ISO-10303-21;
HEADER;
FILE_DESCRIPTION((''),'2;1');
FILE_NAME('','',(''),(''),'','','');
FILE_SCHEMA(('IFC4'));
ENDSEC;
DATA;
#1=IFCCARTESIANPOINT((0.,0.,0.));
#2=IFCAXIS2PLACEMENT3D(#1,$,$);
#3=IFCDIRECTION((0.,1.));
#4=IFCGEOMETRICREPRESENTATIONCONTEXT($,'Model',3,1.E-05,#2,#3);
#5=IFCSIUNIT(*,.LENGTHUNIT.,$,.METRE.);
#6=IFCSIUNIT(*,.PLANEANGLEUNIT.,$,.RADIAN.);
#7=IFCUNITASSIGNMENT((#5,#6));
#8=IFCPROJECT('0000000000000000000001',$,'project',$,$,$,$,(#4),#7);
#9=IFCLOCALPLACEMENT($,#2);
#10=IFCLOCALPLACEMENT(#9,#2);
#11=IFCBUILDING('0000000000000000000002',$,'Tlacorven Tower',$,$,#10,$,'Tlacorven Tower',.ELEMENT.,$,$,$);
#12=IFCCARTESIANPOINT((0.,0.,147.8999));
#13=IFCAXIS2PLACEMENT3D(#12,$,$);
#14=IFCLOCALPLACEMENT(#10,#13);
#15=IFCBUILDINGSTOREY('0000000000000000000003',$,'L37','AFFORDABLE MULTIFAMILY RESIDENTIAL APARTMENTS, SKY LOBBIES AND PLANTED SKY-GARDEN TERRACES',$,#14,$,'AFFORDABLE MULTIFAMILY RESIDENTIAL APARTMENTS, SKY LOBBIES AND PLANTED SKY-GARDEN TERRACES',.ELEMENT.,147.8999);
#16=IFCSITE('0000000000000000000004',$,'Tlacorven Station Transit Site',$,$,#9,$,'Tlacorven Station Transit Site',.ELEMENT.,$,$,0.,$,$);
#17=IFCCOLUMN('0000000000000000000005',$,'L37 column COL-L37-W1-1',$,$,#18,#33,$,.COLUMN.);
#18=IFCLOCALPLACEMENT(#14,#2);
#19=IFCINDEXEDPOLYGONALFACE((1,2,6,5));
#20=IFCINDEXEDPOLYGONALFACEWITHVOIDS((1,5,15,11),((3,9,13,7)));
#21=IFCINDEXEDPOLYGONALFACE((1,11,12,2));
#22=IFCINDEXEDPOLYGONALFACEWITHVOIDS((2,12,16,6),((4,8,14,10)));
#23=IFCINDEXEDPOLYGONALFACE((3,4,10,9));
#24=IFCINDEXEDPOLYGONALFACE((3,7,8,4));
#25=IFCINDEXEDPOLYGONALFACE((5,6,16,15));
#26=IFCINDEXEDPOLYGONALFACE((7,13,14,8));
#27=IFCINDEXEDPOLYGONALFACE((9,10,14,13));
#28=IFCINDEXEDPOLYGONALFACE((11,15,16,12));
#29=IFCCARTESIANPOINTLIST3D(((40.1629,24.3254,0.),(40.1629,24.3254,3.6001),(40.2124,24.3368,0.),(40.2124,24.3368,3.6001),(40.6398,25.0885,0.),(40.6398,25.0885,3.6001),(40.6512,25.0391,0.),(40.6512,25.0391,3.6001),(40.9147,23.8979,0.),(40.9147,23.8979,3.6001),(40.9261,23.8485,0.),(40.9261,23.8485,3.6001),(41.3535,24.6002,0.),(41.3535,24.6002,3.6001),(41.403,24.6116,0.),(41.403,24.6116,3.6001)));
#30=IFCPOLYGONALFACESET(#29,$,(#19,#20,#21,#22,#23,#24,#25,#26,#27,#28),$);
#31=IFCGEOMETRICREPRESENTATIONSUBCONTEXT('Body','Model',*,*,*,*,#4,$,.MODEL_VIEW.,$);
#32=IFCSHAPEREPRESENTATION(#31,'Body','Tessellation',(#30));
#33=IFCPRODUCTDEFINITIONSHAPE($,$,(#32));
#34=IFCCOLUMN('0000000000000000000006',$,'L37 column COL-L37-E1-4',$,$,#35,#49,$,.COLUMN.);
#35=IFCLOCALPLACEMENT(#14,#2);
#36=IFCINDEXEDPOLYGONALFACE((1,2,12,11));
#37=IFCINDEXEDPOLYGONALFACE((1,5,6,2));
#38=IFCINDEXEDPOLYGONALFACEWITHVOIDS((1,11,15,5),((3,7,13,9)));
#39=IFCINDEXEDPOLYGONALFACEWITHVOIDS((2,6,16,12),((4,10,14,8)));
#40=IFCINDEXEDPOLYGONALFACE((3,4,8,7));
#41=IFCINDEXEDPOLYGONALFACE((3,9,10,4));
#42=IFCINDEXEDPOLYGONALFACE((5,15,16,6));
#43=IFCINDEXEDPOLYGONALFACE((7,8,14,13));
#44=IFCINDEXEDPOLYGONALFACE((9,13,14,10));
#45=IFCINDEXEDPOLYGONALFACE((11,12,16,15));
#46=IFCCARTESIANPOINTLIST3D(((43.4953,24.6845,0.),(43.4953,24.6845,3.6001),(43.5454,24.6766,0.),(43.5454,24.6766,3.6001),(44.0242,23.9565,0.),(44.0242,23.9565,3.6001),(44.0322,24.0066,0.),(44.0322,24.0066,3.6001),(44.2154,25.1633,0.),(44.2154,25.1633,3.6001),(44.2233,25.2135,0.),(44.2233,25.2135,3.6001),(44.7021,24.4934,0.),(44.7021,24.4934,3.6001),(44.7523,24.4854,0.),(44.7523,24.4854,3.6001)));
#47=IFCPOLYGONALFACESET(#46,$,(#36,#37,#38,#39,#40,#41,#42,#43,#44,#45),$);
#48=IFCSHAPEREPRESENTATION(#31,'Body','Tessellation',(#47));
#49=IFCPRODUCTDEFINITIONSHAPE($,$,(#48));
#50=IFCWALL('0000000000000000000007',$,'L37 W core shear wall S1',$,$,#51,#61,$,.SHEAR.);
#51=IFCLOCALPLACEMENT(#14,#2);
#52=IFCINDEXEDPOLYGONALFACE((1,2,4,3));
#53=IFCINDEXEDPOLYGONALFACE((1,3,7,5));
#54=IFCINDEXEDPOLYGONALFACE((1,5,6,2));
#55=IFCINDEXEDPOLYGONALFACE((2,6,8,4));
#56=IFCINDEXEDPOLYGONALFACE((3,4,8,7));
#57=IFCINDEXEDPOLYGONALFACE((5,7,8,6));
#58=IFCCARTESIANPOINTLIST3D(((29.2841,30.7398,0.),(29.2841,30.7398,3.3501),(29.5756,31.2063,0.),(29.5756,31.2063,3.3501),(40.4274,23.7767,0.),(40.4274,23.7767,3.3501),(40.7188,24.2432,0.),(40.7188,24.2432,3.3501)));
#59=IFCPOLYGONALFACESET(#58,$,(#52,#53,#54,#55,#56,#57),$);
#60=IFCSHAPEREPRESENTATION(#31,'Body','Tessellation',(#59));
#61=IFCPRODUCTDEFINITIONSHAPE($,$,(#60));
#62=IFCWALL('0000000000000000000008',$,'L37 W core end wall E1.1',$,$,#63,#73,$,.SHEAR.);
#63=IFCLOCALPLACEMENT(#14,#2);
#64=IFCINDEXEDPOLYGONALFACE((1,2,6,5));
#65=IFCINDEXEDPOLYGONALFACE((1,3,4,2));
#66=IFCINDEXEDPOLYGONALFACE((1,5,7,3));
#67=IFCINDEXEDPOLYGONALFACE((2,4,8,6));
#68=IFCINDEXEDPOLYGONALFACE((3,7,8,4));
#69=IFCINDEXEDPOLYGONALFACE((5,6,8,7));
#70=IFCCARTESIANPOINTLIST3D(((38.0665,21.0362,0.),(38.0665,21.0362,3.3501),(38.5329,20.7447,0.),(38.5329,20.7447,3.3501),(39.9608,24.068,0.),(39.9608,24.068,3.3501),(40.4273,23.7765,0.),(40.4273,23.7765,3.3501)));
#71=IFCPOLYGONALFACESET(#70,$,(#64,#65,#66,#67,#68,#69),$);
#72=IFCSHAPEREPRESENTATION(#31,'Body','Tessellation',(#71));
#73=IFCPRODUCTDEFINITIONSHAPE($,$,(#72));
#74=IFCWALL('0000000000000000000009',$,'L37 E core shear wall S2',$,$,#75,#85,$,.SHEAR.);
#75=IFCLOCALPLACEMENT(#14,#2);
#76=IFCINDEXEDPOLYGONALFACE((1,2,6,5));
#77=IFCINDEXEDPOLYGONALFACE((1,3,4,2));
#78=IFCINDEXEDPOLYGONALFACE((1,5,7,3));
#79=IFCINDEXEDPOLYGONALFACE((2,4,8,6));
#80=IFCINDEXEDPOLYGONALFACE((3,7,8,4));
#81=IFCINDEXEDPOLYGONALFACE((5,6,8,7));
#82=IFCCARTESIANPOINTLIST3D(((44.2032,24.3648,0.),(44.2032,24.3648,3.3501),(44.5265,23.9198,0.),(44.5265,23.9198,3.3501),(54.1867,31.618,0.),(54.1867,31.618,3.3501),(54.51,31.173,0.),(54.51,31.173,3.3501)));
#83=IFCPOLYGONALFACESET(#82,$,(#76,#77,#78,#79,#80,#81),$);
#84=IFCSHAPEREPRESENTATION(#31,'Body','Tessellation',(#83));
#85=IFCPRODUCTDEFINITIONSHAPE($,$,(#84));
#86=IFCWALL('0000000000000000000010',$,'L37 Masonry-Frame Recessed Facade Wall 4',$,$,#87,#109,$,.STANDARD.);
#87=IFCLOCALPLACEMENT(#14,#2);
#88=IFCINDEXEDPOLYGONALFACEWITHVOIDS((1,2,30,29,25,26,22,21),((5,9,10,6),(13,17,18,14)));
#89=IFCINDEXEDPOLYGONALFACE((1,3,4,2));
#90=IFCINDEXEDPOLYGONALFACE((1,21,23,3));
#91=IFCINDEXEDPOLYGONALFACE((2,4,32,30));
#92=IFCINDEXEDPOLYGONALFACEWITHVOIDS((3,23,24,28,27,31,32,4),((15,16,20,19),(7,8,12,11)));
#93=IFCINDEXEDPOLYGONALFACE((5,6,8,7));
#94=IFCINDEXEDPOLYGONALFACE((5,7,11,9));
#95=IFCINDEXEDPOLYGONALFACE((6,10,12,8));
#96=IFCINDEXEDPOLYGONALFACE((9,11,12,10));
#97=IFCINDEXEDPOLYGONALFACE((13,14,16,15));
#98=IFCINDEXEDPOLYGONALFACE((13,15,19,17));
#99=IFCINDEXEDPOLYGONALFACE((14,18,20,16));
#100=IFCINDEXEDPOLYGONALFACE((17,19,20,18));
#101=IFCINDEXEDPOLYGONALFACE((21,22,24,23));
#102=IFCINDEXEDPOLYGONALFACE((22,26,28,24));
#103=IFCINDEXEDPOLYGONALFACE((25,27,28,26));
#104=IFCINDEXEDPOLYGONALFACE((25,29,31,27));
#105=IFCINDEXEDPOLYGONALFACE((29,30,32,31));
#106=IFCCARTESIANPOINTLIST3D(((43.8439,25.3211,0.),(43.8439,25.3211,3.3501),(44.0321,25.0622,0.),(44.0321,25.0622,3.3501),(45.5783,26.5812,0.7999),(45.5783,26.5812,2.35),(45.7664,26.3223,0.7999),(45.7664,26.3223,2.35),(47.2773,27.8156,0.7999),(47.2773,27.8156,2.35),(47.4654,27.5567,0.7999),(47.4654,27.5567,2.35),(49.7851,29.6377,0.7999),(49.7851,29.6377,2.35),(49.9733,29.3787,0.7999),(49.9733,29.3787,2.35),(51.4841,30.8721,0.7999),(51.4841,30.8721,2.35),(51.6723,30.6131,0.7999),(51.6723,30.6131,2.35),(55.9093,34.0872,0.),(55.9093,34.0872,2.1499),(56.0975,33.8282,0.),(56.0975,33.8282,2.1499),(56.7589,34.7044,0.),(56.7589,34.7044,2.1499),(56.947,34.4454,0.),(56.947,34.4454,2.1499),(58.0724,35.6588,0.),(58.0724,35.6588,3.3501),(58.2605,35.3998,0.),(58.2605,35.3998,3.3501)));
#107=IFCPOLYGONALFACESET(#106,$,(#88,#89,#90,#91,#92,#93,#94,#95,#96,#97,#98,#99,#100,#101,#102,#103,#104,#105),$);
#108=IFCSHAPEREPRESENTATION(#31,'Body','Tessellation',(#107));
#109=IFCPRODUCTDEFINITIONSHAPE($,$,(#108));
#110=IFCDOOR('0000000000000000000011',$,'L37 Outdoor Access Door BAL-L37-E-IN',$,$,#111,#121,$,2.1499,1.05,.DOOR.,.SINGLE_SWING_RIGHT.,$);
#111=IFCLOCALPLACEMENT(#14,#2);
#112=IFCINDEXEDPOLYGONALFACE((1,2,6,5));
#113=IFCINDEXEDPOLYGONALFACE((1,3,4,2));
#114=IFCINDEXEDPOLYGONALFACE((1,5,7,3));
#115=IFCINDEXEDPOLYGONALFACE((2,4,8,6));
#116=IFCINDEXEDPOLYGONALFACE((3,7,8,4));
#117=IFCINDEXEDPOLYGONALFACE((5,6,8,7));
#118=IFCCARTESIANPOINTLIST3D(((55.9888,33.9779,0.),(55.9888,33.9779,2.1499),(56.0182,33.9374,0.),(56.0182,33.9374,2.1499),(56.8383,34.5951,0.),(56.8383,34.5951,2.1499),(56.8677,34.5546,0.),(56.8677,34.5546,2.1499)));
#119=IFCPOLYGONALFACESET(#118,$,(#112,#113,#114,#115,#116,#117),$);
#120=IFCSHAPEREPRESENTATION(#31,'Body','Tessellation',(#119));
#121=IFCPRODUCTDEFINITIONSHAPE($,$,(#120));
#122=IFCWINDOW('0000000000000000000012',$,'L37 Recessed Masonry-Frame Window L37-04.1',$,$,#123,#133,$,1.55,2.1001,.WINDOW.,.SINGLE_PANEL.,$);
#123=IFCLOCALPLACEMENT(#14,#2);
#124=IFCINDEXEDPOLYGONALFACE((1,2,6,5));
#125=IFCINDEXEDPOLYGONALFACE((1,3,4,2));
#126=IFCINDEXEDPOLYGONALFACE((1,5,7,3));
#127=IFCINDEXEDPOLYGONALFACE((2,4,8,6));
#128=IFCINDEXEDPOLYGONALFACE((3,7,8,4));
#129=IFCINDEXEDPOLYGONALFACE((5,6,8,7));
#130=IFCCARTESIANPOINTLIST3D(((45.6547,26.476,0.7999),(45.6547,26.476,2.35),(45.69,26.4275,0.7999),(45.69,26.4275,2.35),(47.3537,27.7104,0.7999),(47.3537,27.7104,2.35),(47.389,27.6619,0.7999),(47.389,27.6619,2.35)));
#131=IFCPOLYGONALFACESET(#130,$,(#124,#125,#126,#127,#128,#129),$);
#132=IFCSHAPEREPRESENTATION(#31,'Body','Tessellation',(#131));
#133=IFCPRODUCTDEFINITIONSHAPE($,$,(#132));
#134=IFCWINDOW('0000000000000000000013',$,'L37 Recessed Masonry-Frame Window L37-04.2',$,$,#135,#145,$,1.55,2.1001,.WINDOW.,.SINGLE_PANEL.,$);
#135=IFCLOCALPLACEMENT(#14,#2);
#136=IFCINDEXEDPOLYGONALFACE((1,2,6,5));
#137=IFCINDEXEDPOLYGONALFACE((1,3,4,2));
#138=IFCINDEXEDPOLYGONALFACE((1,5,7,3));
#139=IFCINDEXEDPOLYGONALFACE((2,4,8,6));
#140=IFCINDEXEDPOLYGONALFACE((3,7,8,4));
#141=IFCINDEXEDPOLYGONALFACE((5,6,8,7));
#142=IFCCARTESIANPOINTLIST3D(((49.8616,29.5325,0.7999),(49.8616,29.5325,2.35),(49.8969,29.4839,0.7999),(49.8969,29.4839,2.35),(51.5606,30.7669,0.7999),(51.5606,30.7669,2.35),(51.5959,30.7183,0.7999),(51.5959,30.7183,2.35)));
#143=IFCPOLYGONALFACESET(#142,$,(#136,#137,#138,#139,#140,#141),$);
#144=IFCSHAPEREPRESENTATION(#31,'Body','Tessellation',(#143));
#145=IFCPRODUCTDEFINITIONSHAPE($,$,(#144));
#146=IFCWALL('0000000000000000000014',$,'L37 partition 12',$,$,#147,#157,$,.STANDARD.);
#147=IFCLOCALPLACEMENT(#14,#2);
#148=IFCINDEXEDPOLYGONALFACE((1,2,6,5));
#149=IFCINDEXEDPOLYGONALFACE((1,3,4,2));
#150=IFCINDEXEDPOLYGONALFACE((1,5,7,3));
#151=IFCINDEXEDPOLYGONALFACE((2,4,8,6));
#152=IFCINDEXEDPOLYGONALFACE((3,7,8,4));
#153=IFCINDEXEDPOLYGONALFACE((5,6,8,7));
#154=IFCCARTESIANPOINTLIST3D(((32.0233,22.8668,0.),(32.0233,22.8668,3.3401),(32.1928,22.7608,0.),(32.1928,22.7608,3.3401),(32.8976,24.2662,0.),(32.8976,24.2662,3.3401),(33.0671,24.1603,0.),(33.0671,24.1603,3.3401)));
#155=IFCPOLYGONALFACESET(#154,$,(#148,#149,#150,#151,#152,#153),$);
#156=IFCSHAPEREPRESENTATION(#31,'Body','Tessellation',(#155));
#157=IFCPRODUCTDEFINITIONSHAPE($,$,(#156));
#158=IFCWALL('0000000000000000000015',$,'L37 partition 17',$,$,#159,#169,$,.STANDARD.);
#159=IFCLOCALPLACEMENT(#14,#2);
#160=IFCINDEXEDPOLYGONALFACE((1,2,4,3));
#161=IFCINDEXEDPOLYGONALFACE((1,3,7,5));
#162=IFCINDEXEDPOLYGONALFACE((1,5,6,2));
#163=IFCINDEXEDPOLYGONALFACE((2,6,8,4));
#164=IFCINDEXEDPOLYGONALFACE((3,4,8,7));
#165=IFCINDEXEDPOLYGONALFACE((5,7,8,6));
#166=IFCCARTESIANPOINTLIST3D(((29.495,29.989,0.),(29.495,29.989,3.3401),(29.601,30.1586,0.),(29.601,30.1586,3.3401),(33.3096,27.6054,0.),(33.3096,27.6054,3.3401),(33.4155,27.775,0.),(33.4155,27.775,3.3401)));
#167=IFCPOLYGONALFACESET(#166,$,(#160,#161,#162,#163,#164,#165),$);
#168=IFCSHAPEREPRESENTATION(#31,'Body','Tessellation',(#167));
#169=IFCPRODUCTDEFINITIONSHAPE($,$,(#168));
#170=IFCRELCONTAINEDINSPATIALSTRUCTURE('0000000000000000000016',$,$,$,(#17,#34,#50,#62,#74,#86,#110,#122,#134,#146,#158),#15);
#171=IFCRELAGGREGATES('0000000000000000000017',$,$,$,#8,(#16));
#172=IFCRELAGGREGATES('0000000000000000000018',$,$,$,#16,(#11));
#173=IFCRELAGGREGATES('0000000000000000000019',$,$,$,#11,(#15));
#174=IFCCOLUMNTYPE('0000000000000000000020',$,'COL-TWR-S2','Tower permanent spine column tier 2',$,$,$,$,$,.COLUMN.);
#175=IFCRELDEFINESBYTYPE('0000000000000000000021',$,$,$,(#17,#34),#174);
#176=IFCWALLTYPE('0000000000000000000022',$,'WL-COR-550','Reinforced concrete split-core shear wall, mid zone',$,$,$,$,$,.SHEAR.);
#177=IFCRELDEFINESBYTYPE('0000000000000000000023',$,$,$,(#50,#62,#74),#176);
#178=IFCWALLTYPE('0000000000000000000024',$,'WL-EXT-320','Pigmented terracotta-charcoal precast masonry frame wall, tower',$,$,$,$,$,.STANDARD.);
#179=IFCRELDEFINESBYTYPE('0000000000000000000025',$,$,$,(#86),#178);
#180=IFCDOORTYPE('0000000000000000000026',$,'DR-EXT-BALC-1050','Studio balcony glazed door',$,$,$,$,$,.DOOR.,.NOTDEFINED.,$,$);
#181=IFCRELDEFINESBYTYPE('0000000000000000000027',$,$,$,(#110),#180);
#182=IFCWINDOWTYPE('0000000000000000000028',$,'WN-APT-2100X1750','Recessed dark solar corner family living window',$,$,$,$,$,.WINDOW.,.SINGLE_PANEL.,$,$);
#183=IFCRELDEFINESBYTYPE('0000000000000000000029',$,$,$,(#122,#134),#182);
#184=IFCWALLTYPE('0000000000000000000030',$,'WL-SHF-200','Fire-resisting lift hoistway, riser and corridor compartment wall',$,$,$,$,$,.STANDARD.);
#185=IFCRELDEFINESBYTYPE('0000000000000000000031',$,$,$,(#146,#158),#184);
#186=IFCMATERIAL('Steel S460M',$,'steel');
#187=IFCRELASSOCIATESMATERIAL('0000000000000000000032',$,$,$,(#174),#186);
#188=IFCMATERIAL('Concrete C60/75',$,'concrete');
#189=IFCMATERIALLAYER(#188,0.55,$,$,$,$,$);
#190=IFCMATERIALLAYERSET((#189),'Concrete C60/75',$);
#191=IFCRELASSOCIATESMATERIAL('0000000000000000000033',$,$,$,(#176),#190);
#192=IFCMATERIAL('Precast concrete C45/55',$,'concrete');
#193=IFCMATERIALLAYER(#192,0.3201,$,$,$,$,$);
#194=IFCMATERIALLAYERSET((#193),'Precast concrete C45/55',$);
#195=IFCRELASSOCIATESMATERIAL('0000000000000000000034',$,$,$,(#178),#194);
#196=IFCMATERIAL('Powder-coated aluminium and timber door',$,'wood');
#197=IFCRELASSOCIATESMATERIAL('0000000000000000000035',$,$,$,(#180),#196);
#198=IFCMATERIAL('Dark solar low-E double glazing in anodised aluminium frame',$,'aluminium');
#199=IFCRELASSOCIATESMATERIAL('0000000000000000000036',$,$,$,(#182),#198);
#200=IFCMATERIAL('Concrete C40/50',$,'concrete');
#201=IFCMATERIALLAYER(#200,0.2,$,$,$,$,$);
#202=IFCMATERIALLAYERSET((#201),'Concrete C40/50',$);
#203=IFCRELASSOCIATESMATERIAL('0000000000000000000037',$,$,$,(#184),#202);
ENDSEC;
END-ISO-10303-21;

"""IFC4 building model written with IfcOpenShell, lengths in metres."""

from ifc_helpers import new_model, si_unit, direction, frame, frame_2d, origin, origin_2d, place, context, subcontext, project, spatial, rectangle, hollow_rectangle, extrude, source, transform, mapped, material, layer, layer_set, material_profile, profile_set, type_object, element, fill, save


model = new_model("IFC4")

# Units and contexts
model_context = context("Model", 3, precision=1e-05, world=origin(), true_north=direction((0.0, 1.0)))
body_context = subcontext(model_context, "Body", "Model", "MODEL_VIEW")
ifc_project = project(units=[si_unit("LENGTHUNIT", "METRE"), si_unit("PLANEANGLEUNIT", "RADIAN")], contexts=[model_context])

# Site, building, storey
site_placement = place(None, origin())
site = spatial("IfcSite", under=ifc_project, at=site_placement, Name="Tlacorven Station Transit Site", LongName="Tlacorven Station Transit Site", CompositionType="ELEMENT", RefElevation=0.0)
building_placement = place(site_placement, origin())
building = spatial("IfcBuilding", under=site, at=building_placement, Name="Tlacorven Tower", LongName="Tlacorven Tower", CompositionType="ELEMENT")
storey_placement = place(building_placement, frame((0.0, 0.0, 147.8999)))
storey = spatial("IfcBuildingStorey", under=building, at=storey_placement, Name="L37", Description="AFFORDABLE MULTIFAMILY RESIDENTIAL APARTMENTS, SKY LOBBIES AND PLANTED SKY-GARDEN TERRACES", LongName="AFFORDABLE MULTIFAMILY RESIDENTIAL APARTMENTS, SKY LOBBIES AND PLANTED SKY-GARDEN TERRACES", CompositionType="ELEMENT", Elevation=147.8999)

# Columns
ifc_material_1 = material(Name="Steel S460M", Category="steel")
ifc_material_profile = material_profile(ifc_material_1, hollow_rectangle(XDim=0.8999, YDim=0.8999, WallThickness=0.0359, at=origin_2d()), Name="BOX 900X900X36")
ifc_profile_set = profile_set([ifc_material_profile], Name="Steel S460M")
column_type = type_object("IfcColumnType", Name="COL-TWR-S2", Description="Tower permanent spine column tier 2", PredefinedType="COLUMN", material=ifc_profile_set)
shared_shape_1 = source(origin(), body_context, "Body", "SweptSolid", [
    extrude(hollow_rectangle(XDim=0.8999, YDim=0.8999, WallThickness=0.0359, at=origin_2d()), origin(), (0.0, 0.0, 1.0), 3.6001),
])
for number, where, z_axis, x_axis, name in (
    (1, (40.783, 24.4685, 0.0), (0.0, 0.0, 1.0), (-0.848048, 0.529919, 0.0), "L37 column COL-L37-W1-1"),
    (2, (44.1238, 24.585, 0.0), (0.0, 0.0, 1.0), (0.809017, 0.587785, 0.0), "L37 column COL-L37-E1-4"),
):
    element("IfcColumn", number, at=place(storey_placement, frame(where, z_axis=z_axis, x_axis=x_axis)), inside=storey, type_object=column_type, Name=name, PredefinedType="COLUMN", context=body_context, shape_type="MappedRepresentation", body=[
        mapped(shared_shape_1, transform((0.0, 0.0, 0.0), scale=1.0)),
    ])

# Walls
ifc_material_2 = material(Name="Concrete C60/75", Category="concrete")
ifc_layer_1 = layer(ifc_material_2, 0.55)
ifc_layer_set_1 = layer_set([ifc_layer_1], Name="Concrete C60/75")
wall_type_1 = type_object("IfcWallType", Name="WL-COR-550", Description="Reinforced concrete split-core shear wall, mid zone", PredefinedType="SHEAR", material=ifc_layer_set_1)
wall_1_placement = place(storey_placement, frame((40.573, 24.01, 0.0), z_axis=(0.0, 0.0, 1.0), x_axis=(-0.848047, 0.52992, 0.0)))
element("IfcWall", 3, at=wall_1_placement, inside=storey, type_object=wall_type_1, Name="L37 W core shear wall S1", PredefinedType="SHEAR", context=body_context, shape_type="SweptSolid", body=[
    extrude(rectangle(XDim=13.1399, YDim=0.55, at=frame_2d((6.5698, 0.0))), origin(), (0.0, 0.0, 1.0), 3.3501),
])
wall_2_placement = place(storey_placement, frame((40.1941, 23.9224, 0.0), z_axis=(0.0, 0.0, 1.0), x_axis=(-0.529888, -0.848067, 0.0)))
element("IfcWall", 4, at=wall_2_placement, inside=storey, type_object=wall_type_1, Name="L37 W core end wall E1.1", PredefinedType="SHEAR", context=body_context, shape_type="SweptSolid", body=[
    extrude(rectangle(XDim=3.575, YDim=0.55, at=frame_2d((1.7876, 0.0))), origin(), (0.0, 0.0, 1.0), 3.3501),
])
wall_3_placement = place(storey_placement, frame((44.365, 24.1423, 0.0), z_axis=(0.0, 0.0, 1.0), x_axis=(0.809024, 0.587775, 0.0)))
element("IfcWall", 5, at=wall_3_placement, inside=storey, type_object=wall_type_1, Name="L37 E core shear wall S2", PredefinedType="SHEAR", context=body_context, shape_type="SweptSolid", body=[
    extrude(rectangle(XDim=12.3401, YDim=0.55, at=frame_2d((6.1699, 0.0))), origin(), (0.0, 0.0, 1.0), 3.3501),
])

# Wall, openings, door, windows
ifc_material_3 = material(Name="Precast concrete C45/55", Category="concrete")
ifc_layer_2 = layer(ifc_material_3, 0.3201)
ifc_layer_set_2 = layer_set([ifc_layer_2], Name="Precast concrete C45/55")
wall_type_2 = type_object("IfcWallType", Name="WL-EXT-320", Description="Pigmented terracotta-charcoal precast masonry frame wall, tower", PredefinedType="STANDARD", material=ifc_layer_set_2)
wall_4_placement = place(storey_placement, frame((43.938, 25.1917, 0.0), z_axis=(0.0, 0.0, 1.0), x_axis=(0.809016, 0.587786, 0.0)))
wall_4 = element("IfcWall", 6, at=wall_4_placement, inside=storey, type_object=wall_type_2, Name="L37 Masonry-Frame Recessed Facade Wall 4", PredefinedType="STANDARD", context=body_context, shape_type="SweptSolid", body=[
    extrude(rectangle(XDim=17.5874, YDim=0.3201, at=frame_2d((8.7937, 0.0))), origin(), (0.0, 0.0, 1.0), 3.3501),
])
opening_1_placement = place(wall_4_placement, frame((14.9138, 0.0, 0.0)))
opening_1 = element("IfcOpeningElement", 7, at=opening_1_placement, cuts=wall_4, PredefinedType="OPENING", context=body_context, shape_type="SweptSolid", body=[
    extrude(rectangle(XDim=1.05, YDim=2.1499, at=frame_2d((0.5249, 1.075))), frame((0.0, 0.1699, 0.0), z_axis=(0.0, -1.0, 0.0), x_axis=(1.0, 0.0, 0.0)), (0.0, 0.0, 1.0), 0.3401),
])
opening_2_placement = place(wall_4_placement, frame((2.1438, 0.0, 0.8)))
opening_2 = element("IfcOpeningElement", 8, at=opening_2_placement, cuts=wall_4, PredefinedType="OPENING", context=body_context, shape_type="SweptSolid", body=[
    extrude(rectangle(XDim=2.1001, YDim=1.55, at=frame_2d((1.05, 0.7749))), frame((0.0, 0.1699, 0.0), z_axis=(0.0, -1.0, 0.0), x_axis=(1.0, 0.0, 0.0)), (0.0, 0.0, 1.0), 0.3401),
])
opening_3_placement = place(wall_4_placement, frame((7.3438, 0.0, 0.8)))
opening_3 = element("IfcOpeningElement", 9, at=opening_3_placement, cuts=wall_4, PredefinedType="OPENING", context=body_context, shape_type="SweptSolid", body=[
    extrude(rectangle(XDim=2.1001, YDim=1.55, at=frame_2d((1.05, 0.7749))), frame((0.0, 0.1699, 0.0), z_axis=(0.0, -1.0, 0.0), x_axis=(1.0, 0.0, 0.0)), (0.0, 0.0, 1.0), 0.3401),
])
ifc_material_4 = material(Name="Powder-coated aluminium and timber door", Category="wood")
door_type = type_object("IfcDoorType", Name="DR-EXT-BALC-1050", Description="Studio balcony glazed door", OperationType="NOTDEFINED", PredefinedType="DOOR", material=ifc_material_4)
shared_shape_2 = source(origin(), body_context, "Body", "SweptSolid", [
    extrude(rectangle(XDim=1.05, YDim=2.1499, at=frame_2d((0.5249, 1.075))), frame((0.0, 0.0249, 0.0), z_axis=(0.0, -1.0, 0.0), x_axis=(1.0, 0.0, 0.0)), (0.0, 0.0, 1.0), 0.05),
])
door_placement = place(opening_1_placement, origin())
door = element("IfcDoor", 10, at=door_placement, inside=storey, type_object=door_type, Name="L37 Outdoor Access Door BAL-L37-E-IN", OperationType="SINGLE_SWING_RIGHT", OverallHeight=2.1499, OverallWidth=1.05, PredefinedType="DOOR", context=body_context, shape_type="MappedRepresentation", body=[
    mapped(shared_shape_2, transform((0.0, 0.0, 0.0), scale=1.0)),
])
fill(opening_1, door)
ifc_material_5 = material(Name="Dark solar low-E double glazing in anodised aluminium frame", Category="aluminium")
window_type = type_object("IfcWindowType", Name="WN-APT-2100X1750", Description="Recessed dark solar corner family living window", PartitioningType="SINGLE_PANEL", PredefinedType="WINDOW", material=ifc_material_5)
shared_shape_3 = source(origin(), body_context, "Body", "SweptSolid", [
    extrude(rectangle(XDim=2.1001, YDim=1.55, at=frame_2d((1.05, 0.7749))), frame((0.0, 0.03, 0.0), z_axis=(0.0, -1.0, 0.0), x_axis=(1.0, 0.0, 0.0)), (0.0, 0.0, 1.0), 0.0601),
])
window_1_placement = place(opening_2_placement, origin())
window_1 = element("IfcWindow", 11, at=window_1_placement, inside=storey, type_object=window_type, Name="L37 Recessed Masonry-Frame Window L37-04.1", OverallHeight=1.55, OverallWidth=2.1001, PartitioningType="SINGLE_PANEL", PredefinedType="WINDOW", context=body_context, shape_type="MappedRepresentation", body=[
    mapped(shared_shape_3, transform((0.0, 0.0, 0.0), scale=1.0)),
])
fill(opening_2, window_1)
window_2_placement = place(opening_3_placement, origin())
window_2 = element("IfcWindow", 12, at=window_2_placement, inside=storey, type_object=window_type, Name="L37 Recessed Masonry-Frame Window L37-04.2", OverallHeight=1.55, OverallWidth=2.1001, PartitioningType="SINGLE_PANEL", PredefinedType="WINDOW", context=body_context, shape_type="MappedRepresentation", body=[
    mapped(shared_shape_3, transform((0.0, 0.0, 0.0), scale=1.0)),
])
fill(opening_3, window_2)

# Walls
ifc_material_6 = material(Name="Concrete C40/50", Category="concrete")
ifc_layer_3 = layer(ifc_material_6, 0.2)
ifc_layer_set_3 = layer_set([ifc_layer_3], Name="Concrete C40/50")
wall_type_3 = type_object("IfcWallType", Name="WL-SHF-200", Description="Fire-resisting lift hoistway, riser and corridor compartment wall", PredefinedType="STANDARD", material=ifc_layer_set_3)
wall_5_placement = place(storey_placement, frame((32.9824, 24.2134, 0.0), z_axis=(0.0, 0.0, 1.0), x_axis=(-0.529839, -0.848098, 0.0)))
element("IfcWall", 13, at=wall_5_placement, inside=storey, type_object=wall_type_3, Name="L37 partition 12", PredefinedType="STANDARD", context=body_context, shape_type="SweptSolid", body=[
    extrude(rectangle(XDim=1.6501, YDim=0.2, at=frame_2d((0.8252, 0.0))), origin(), (0.0, 0.0, 1.0), 3.3401),
])
wall_6_placement = place(storey_placement, frame((33.3625, 27.6902, 0.0), z_axis=(0.0, 0.0, 1.0), x_axis=(-0.848047, 0.529921, 0.0)))
element("IfcWall", 14, at=wall_6_placement, inside=storey, type_object=wall_type_3, Name="L37 partition 17", PredefinedType="STANDARD", context=body_context, shape_type="SweptSolid", body=[
    extrude(rectangle(XDim=4.498, YDim=0.2, at=frame_2d((2.249, 0.0))), origin(), (0.0, 0.0, 1.0), 3.3401),
])

save(model, "model.ifc")
